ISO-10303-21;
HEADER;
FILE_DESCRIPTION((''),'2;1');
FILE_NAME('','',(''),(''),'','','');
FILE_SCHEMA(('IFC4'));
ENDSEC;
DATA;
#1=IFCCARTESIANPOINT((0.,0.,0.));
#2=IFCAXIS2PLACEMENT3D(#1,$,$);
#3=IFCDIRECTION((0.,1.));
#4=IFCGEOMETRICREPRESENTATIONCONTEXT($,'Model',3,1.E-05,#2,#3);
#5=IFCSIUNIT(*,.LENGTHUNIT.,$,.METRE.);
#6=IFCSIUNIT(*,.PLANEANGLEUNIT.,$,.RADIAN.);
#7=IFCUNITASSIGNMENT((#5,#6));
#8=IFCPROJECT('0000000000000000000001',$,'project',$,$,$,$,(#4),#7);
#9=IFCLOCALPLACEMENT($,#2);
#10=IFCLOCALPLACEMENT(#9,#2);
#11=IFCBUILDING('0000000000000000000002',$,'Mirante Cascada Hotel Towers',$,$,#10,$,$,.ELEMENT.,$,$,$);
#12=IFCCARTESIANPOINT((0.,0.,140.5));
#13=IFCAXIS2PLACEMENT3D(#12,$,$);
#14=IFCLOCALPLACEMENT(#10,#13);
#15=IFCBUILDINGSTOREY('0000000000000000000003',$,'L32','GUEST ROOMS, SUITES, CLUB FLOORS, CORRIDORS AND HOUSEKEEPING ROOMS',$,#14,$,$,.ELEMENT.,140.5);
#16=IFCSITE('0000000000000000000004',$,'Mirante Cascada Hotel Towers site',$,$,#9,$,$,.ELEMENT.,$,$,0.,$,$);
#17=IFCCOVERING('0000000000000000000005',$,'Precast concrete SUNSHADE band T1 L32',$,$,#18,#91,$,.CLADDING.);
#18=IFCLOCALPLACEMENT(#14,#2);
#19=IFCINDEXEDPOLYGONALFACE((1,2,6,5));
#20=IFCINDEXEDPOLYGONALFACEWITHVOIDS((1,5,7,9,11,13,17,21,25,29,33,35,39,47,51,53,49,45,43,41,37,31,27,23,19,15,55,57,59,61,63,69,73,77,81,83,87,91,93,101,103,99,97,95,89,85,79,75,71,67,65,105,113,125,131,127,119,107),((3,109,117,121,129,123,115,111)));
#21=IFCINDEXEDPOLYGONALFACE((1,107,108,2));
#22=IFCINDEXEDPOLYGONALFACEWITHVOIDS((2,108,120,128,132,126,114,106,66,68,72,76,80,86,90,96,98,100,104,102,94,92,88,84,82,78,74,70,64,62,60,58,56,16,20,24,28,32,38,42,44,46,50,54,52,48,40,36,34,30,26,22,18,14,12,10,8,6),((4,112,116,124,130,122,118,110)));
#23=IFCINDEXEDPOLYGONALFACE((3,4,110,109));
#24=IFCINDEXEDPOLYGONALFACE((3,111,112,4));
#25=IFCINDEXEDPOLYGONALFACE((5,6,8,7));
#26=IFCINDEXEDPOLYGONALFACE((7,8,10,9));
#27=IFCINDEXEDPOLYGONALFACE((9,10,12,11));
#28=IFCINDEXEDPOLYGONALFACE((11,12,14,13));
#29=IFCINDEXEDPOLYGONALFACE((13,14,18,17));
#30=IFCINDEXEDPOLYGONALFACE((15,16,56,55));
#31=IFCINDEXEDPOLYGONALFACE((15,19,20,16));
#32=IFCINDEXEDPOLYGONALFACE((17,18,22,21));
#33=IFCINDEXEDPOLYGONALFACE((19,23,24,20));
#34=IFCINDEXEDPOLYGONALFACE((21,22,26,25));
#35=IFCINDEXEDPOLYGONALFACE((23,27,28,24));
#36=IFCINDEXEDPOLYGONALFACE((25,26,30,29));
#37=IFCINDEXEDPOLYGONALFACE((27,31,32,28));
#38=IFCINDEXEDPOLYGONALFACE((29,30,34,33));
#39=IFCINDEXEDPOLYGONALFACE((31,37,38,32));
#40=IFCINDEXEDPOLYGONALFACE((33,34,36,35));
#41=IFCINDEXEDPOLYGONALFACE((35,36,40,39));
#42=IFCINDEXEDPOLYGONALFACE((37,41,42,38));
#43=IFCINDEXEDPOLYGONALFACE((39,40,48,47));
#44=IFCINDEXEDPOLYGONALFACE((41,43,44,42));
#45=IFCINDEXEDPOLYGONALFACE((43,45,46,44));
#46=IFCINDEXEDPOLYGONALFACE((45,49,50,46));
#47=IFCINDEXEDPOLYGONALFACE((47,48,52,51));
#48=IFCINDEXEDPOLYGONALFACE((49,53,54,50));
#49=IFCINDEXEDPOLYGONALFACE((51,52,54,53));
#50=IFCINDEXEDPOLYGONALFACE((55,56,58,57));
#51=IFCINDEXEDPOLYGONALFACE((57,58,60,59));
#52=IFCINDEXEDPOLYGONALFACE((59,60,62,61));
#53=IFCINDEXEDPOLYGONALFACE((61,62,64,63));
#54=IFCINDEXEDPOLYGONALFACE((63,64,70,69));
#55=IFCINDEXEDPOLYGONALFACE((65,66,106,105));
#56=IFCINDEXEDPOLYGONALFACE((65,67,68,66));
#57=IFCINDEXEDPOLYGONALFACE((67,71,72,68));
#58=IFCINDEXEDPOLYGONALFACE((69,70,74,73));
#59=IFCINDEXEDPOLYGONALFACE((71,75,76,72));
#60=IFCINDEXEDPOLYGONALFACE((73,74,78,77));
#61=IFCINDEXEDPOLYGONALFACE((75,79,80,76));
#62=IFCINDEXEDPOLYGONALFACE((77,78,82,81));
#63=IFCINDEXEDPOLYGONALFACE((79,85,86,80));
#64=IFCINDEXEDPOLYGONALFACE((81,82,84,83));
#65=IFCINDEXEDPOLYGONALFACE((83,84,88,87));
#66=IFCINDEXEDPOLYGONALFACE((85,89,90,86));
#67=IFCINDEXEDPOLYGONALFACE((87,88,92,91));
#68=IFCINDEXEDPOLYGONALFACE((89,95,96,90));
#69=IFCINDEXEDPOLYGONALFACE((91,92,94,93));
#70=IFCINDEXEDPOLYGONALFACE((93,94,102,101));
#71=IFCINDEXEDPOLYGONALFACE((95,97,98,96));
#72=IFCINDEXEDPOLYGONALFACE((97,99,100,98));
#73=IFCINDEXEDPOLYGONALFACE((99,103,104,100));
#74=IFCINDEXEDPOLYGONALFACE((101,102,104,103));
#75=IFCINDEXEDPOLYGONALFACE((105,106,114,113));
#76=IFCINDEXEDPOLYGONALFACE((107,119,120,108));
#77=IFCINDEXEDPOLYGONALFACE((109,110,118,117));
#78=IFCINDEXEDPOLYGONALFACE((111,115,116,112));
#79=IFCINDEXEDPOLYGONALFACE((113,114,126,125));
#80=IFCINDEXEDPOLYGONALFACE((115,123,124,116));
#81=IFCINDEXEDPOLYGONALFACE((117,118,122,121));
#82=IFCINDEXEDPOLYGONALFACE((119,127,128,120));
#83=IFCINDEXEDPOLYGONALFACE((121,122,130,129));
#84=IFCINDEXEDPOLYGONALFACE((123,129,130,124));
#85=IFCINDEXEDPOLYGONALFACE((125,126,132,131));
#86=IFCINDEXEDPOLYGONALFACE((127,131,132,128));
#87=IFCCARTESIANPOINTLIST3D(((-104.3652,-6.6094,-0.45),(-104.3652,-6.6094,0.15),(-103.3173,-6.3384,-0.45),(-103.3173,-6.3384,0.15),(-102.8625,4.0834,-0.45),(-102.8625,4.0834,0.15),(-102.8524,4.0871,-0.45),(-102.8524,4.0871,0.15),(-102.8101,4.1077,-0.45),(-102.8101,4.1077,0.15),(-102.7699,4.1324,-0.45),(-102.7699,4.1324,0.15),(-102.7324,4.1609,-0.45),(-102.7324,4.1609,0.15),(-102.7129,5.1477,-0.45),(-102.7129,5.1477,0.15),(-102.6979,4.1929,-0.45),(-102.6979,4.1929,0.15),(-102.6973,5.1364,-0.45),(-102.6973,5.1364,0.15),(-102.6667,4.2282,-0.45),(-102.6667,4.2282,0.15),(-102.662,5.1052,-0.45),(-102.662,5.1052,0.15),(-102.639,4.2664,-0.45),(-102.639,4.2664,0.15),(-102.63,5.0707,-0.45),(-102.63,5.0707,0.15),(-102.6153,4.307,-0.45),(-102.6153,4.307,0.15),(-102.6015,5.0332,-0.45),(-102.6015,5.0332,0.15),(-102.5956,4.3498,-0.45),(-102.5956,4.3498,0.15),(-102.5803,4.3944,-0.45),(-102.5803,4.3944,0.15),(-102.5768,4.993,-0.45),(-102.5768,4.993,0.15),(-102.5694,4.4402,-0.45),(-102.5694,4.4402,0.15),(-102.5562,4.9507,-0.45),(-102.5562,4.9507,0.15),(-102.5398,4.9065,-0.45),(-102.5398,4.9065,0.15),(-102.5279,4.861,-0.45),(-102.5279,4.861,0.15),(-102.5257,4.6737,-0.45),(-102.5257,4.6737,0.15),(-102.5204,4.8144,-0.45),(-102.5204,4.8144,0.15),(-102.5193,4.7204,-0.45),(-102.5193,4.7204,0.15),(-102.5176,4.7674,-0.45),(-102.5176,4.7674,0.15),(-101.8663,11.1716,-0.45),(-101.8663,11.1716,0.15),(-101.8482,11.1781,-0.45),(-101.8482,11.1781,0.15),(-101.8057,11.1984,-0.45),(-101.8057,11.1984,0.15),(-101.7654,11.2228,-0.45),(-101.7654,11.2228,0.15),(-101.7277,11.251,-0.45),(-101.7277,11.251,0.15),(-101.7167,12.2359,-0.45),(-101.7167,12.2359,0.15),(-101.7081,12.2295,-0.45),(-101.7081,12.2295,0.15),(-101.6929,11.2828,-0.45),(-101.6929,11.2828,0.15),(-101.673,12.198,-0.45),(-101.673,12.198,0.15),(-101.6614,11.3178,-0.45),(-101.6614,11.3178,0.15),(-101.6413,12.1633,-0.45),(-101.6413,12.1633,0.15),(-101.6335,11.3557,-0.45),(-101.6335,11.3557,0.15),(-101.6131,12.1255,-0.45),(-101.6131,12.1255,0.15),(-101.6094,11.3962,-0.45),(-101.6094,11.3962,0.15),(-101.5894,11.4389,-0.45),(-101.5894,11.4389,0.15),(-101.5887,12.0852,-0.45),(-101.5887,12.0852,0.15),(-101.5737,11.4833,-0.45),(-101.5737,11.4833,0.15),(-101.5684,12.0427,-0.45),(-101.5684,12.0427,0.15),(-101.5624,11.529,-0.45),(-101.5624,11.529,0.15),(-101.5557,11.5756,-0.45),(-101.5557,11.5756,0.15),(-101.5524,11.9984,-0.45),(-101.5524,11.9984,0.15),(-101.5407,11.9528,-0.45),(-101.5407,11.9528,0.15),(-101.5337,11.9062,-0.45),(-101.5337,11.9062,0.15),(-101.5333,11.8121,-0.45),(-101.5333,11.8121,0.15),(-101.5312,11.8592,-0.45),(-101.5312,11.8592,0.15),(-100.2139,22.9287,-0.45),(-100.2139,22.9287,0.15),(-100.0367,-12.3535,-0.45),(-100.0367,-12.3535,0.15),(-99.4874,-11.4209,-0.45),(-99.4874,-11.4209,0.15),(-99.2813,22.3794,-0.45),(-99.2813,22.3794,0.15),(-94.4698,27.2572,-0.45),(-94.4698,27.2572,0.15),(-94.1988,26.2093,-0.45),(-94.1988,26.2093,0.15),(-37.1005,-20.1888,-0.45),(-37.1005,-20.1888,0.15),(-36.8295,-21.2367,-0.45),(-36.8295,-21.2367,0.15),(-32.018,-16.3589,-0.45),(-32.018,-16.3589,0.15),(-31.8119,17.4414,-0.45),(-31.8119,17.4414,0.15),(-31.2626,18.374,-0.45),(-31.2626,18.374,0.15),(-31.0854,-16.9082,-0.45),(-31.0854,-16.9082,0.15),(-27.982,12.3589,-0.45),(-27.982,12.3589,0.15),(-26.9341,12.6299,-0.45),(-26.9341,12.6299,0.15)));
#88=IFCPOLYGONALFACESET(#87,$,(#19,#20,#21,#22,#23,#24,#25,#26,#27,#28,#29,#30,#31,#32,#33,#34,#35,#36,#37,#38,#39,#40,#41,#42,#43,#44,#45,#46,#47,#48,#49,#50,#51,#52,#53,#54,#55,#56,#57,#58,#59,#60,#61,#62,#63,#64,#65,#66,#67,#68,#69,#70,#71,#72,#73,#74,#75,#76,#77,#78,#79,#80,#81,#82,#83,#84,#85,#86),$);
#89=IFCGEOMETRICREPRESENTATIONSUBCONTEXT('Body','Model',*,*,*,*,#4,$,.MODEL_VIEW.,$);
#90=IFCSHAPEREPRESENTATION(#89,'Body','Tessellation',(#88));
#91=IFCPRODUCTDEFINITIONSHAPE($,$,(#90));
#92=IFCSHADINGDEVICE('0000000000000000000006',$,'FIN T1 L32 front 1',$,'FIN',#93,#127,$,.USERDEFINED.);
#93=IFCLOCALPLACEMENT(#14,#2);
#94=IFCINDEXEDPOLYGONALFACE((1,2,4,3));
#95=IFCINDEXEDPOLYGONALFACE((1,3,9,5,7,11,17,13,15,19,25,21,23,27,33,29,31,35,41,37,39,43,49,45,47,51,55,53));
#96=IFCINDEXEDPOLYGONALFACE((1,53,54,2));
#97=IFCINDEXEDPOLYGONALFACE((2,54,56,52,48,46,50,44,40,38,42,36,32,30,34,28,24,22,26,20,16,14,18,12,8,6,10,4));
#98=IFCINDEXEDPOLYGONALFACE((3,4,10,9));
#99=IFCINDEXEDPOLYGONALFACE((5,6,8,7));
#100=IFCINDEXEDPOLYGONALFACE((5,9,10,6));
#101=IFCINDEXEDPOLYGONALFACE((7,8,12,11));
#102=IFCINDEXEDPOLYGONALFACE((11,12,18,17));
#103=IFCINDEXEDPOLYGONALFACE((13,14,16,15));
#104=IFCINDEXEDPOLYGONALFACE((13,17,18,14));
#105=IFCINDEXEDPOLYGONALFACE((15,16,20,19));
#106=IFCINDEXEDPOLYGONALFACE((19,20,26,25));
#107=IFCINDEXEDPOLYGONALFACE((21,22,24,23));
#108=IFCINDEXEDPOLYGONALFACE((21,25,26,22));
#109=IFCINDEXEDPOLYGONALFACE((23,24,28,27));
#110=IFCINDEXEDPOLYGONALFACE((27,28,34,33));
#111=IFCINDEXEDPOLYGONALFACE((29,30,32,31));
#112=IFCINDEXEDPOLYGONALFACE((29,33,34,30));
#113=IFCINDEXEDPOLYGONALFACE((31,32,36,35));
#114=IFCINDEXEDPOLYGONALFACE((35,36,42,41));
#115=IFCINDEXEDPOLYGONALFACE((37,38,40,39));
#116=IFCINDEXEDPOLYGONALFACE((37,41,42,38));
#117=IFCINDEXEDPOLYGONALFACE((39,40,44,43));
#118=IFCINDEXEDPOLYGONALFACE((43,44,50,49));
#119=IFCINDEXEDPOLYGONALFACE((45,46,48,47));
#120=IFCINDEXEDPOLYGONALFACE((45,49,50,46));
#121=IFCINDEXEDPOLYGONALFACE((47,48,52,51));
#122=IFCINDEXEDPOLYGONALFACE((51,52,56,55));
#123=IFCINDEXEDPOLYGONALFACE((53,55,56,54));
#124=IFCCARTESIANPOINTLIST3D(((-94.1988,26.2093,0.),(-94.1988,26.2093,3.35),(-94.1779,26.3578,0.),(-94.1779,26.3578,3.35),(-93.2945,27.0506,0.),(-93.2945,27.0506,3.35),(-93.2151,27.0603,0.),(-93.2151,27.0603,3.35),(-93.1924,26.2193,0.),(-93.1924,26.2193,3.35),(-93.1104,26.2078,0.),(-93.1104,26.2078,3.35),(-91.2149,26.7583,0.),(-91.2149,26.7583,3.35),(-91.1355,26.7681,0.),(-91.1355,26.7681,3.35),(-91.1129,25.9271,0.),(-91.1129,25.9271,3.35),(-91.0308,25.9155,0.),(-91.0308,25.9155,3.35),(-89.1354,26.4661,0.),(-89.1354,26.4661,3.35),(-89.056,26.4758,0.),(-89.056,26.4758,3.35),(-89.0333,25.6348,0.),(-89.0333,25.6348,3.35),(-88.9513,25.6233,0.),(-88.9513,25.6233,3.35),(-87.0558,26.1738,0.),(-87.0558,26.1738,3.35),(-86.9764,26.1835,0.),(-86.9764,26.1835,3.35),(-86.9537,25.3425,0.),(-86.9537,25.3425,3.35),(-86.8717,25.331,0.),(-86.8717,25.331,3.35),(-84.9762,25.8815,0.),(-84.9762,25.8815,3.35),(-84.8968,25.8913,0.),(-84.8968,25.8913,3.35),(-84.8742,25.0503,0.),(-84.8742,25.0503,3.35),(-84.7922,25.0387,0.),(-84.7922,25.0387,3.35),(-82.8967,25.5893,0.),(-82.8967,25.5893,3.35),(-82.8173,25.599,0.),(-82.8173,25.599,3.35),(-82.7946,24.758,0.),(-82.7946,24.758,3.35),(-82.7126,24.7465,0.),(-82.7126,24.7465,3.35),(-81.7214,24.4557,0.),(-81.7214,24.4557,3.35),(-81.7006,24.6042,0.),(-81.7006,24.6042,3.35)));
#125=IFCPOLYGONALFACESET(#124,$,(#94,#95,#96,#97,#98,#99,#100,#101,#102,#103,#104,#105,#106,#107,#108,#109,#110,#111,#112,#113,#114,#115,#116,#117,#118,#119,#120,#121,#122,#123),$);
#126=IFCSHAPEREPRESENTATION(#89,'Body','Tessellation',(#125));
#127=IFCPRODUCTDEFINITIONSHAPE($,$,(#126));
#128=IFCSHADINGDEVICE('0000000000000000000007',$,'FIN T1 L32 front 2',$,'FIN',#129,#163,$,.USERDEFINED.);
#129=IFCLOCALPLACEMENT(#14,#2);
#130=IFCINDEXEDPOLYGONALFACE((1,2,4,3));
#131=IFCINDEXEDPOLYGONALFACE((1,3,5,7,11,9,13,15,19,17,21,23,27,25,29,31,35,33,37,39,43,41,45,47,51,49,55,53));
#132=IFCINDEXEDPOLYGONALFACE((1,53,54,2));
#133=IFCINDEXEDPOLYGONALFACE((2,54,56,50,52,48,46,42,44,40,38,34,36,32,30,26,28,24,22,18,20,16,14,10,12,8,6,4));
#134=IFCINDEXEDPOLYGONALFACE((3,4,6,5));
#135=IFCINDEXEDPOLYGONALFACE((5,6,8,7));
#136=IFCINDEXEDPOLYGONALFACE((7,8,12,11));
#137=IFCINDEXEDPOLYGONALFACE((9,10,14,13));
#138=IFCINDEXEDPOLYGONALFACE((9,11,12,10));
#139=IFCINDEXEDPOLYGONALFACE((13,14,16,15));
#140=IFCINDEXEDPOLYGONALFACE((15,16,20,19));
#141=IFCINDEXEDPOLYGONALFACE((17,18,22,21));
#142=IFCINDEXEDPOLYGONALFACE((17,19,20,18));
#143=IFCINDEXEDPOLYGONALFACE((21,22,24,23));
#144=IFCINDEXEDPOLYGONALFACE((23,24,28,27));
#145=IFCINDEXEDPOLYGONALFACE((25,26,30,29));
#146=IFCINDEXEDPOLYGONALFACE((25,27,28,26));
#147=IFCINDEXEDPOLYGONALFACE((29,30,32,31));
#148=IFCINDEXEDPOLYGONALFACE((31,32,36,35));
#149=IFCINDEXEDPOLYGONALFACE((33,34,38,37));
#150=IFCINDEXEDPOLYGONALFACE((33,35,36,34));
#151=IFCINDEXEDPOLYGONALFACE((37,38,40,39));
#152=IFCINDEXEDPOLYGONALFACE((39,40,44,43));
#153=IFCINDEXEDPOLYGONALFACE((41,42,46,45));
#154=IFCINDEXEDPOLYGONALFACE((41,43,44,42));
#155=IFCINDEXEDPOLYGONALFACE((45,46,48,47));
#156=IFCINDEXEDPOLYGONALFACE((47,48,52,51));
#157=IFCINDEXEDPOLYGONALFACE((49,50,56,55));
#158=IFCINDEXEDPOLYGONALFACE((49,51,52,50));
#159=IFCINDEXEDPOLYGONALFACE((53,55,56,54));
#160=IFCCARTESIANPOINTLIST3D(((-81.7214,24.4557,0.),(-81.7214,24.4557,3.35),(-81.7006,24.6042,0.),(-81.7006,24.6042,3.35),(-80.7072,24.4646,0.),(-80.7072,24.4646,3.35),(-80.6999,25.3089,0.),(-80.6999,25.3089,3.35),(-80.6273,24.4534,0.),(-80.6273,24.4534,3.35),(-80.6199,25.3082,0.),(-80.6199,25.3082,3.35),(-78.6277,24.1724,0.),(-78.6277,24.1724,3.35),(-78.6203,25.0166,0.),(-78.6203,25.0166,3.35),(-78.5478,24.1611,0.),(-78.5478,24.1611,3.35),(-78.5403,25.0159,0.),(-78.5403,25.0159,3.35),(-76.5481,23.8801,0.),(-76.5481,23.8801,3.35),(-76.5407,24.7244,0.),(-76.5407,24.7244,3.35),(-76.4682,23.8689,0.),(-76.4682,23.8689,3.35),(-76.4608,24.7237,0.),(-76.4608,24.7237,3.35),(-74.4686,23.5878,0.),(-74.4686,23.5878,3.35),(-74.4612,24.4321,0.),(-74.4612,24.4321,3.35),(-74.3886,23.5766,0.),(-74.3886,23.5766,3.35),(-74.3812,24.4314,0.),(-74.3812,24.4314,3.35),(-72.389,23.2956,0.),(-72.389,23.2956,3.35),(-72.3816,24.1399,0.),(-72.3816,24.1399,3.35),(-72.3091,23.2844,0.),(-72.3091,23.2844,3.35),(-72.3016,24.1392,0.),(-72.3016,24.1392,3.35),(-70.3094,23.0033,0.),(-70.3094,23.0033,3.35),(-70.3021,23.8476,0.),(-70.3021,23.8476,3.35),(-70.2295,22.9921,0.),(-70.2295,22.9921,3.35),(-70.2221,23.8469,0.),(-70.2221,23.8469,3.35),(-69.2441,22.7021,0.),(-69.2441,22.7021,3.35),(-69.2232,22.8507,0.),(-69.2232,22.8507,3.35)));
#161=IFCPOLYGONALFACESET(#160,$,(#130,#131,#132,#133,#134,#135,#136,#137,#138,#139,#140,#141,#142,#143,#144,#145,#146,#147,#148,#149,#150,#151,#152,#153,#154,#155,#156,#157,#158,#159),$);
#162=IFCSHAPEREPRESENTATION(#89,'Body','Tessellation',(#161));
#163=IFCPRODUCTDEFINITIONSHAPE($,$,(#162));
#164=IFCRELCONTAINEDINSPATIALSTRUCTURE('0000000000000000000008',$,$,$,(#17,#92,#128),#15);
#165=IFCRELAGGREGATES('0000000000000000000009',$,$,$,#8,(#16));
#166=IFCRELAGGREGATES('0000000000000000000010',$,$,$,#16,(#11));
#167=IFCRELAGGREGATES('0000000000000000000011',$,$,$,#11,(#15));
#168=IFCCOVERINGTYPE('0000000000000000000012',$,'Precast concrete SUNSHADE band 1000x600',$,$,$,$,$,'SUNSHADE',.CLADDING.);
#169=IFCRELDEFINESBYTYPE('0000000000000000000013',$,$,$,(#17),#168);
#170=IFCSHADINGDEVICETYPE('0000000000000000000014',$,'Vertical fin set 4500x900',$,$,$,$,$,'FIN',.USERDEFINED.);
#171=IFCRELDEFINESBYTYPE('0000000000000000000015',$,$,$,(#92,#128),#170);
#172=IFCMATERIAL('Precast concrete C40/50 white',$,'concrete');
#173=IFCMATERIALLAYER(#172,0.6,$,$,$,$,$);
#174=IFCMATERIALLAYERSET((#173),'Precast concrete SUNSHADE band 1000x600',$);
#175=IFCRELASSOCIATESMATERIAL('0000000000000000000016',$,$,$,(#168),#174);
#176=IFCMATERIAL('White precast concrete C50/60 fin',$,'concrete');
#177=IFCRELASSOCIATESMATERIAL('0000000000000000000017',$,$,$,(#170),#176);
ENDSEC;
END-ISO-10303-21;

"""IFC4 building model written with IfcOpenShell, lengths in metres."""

from ifc_helpers import new_model, si_unit, direction, frame, origin, place, context, subcontext, project, spatial, polyline, outline, extrude, material, layer, layer_set, type_object, element, save


model = new_model("IFC4")

# Units and contexts
model_context = context("Model", 3, precision=1e-05, world=origin(), true_north=direction((0.0, 1.0)))
body_context = subcontext(model_context, "Body", "Model", "MODEL_VIEW")
ifc_project = project(units=[si_unit("LENGTHUNIT", "METRE"), si_unit("PLANEANGLEUNIT", "RADIAN")], contexts=[model_context])

# Site, building, storey
site_placement = place(None, origin())
site = spatial("IfcSite", under=ifc_project, at=site_placement, Name="Mirante Cascada Hotel Towers site", CompositionType="ELEMENT", RefElevation=0.0)
building_placement = place(site_placement, origin())
building = spatial("IfcBuilding", under=site, at=building_placement, Name="Mirante Cascada Hotel Towers", CompositionType="ELEMENT")
storey_placement = place(building_placement, frame((0.0, 0.0, 140.5)))
storey = spatial("IfcBuildingStorey", under=building, at=storey_placement, Name="L32", Description="GUEST ROOMS, SUITES, CLUB FLOORS, CORRIDORS AND HOUSEKEEPING ROOMS", CompositionType="ELEMENT", Elevation=140.5)

# Covering
ifc_material_1 = material(Name="Precast concrete C40/50 white", Category="concrete")
ifc_layer_1 = layer(ifc_material_1, 0.6)
ifc_layer_set_1 = layer_set([ifc_layer_1], Name="Precast concrete SUNSHADE band 1000x600")
covering_type = type_object("IfcCoveringType", Name="Precast concrete SUNSHADE band 1000x600", ElementType="SUNSHADE", PredefinedType="CLADDING", material=ifc_layer_set_1)
covering_placement = place(storey_placement, frame((0.0, 0.0, -0.45)))
element("IfcCovering", 1, at=covering_placement, inside=storey, type_object=covering_type, Name="Precast concrete SUNSHADE band T1 L32", PredefinedType="CLADDING", context=body_context, shape_type="SweptSolid", body=[
    extrude(outline(polyline([(-104.3652, -6.6094), (-102.8625, 4.0834), (-102.8524, 4.0871), (-102.8101, 4.1077), (-102.7699, 4.1324), (-102.7324, 4.1609), (-102.6979, 4.1929), (-102.6667, 4.2282), (-102.639, 4.2664), (-102.6153, 4.307), (-102.5956, 4.3498), (-102.5803, 4.3944), (-102.5694, 4.4402), (-102.5257, 4.6737), (-102.5193, 4.7204), (-102.5176, 4.7674), (-102.5204, 4.8144), (-102.5279, 4.861), (-102.5398, 4.9065), (-102.5562, 4.9507), (-102.5768, 4.993), (-102.6015, 5.0332), (-102.63, 5.0707), (-102.662, 5.1052), (-102.6973, 5.1364), (-102.7129, 5.1477), (-101.8663, 11.1716), (-101.8482, 11.1781), (-101.8057, 11.1984), (-101.7654, 11.2228), (-101.7277, 11.251), (-101.6929, 11.2828), (-101.6614, 11.3178), (-101.6335, 11.3557), (-101.6094, 11.3962), (-101.5894, 11.4389), (-101.5737, 11.4833), (-101.5624, 11.529), (-101.5557, 11.5756), (-101.5333, 11.8121), (-101.5312, 11.8592), (-101.5337, 11.9062), (-101.5407, 11.9528), (-101.5524, 11.9984), (-101.5684, 12.0427), (-101.5887, 12.0852), (-101.6131, 12.1255), (-101.6413, 12.1633), (-101.673, 12.198), (-101.7081, 12.2295), (-101.7167, 12.2359), (-100.2139, 22.9287), (-94.4698, 27.2572), (-31.2626, 18.374), (-26.9341, 12.6299), (-31.0854, -16.9082), (-36.8295, -21.2367), (-100.0367, -12.3535), (-104.3652, -6.6094)]), holes=[polyline([(-27.982, 12.3589), (-31.8119, 17.4414), (-94.1988, 26.2093), (-99.2813, 22.3794), (-103.3173, -6.3384), (-99.4874, -11.4209), (-37.1005, -20.1888), (-32.018, -16.3589), (-27.982, 12.3589)])]), origin(), (0.0, 0.0, 1.0), 0.6),
])

# Shading devices
ifc_material_2 = material(Name="White precast concrete C50/60 fin", Category="concrete")
shading_device_type = type_object("IfcShadingDeviceType", Name="Vertical fin set 4500x900", ElementType="FIN", PredefinedType="USERDEFINED", material=ifc_material_2)
shading_device_1_placement = place(storey_placement, origin())
element("IfcShadingDevice", 2, at=shading_device_1_placement, inside=storey, type_object=shading_device_type, Name="FIN T1 L32 front 1", ObjectType="FIN", PredefinedType="USERDEFINED", context=body_context, shape_type="SweptSolid", body=[
    extrude(outline(polyline([(-82.8173, 25.599), (-82.7126, 24.7465), (-81.7006, 24.6042), (-81.7214, 24.4557), (-94.1988, 26.2093), (-94.1779, 26.3578), (-93.1924, 26.2193), (-93.2945, 27.0506), (-93.2151, 27.0603), (-93.1104, 26.2078), (-91.1129, 25.9271), (-91.2149, 26.7583), (-91.1355, 26.7681), (-91.0308, 25.9155), (-89.0333, 25.6348), (-89.1354, 26.4661), (-89.056, 26.4758), (-88.9513, 25.6233), (-86.9537, 25.3425), (-87.0558, 26.1738), (-86.9764, 26.1835), (-86.8717, 25.331), (-84.8742, 25.0503), (-84.9762, 25.8815), (-84.8968, 25.8913), (-84.7922, 25.0387), (-82.7946, 24.758), (-82.8967, 25.5893), (-82.8173, 25.599)])), origin(), (0.0, 0.0, 1.0), 3.35),
])
shading_device_2_placement = place(storey_placement, origin())
element("IfcShadingDevice", 3, at=shading_device_2_placement, inside=storey, type_object=shading_device_type, Name="FIN T1 L32 front 2", ObjectType="FIN", PredefinedType="USERDEFINED", context=body_context, shape_type="SweptSolid", body=[
    extrude(outline(polyline([(-70.2221, 23.8469), (-70.2295, 22.9921), (-69.2232, 22.8507), (-69.2441, 22.7021), (-81.7214, 24.4557), (-81.7006, 24.6042), (-80.7072, 24.4646), (-80.6999, 25.3089), (-80.6199, 25.3082), (-80.6273, 24.4534), (-78.6277, 24.1724), (-78.6203, 25.0166), (-78.5403, 25.0159), (-78.5478, 24.1611), (-76.5481, 23.8801), (-76.5407, 24.7244), (-76.4608, 24.7237), (-76.4682, 23.8689), (-74.4686, 23.5878), (-74.4612, 24.4321), (-74.3812, 24.4314), (-74.3886, 23.5766), (-72.389, 23.2956), (-72.3816, 24.1399), (-72.3016, 24.1392), (-72.3091, 23.2844), (-70.3094, 23.0033), (-70.3021, 23.8476), (-70.2221, 23.8469)])), origin(), (0.0, 0.0, 1.0), 3.35),
])

save(model, "model.ifc")
